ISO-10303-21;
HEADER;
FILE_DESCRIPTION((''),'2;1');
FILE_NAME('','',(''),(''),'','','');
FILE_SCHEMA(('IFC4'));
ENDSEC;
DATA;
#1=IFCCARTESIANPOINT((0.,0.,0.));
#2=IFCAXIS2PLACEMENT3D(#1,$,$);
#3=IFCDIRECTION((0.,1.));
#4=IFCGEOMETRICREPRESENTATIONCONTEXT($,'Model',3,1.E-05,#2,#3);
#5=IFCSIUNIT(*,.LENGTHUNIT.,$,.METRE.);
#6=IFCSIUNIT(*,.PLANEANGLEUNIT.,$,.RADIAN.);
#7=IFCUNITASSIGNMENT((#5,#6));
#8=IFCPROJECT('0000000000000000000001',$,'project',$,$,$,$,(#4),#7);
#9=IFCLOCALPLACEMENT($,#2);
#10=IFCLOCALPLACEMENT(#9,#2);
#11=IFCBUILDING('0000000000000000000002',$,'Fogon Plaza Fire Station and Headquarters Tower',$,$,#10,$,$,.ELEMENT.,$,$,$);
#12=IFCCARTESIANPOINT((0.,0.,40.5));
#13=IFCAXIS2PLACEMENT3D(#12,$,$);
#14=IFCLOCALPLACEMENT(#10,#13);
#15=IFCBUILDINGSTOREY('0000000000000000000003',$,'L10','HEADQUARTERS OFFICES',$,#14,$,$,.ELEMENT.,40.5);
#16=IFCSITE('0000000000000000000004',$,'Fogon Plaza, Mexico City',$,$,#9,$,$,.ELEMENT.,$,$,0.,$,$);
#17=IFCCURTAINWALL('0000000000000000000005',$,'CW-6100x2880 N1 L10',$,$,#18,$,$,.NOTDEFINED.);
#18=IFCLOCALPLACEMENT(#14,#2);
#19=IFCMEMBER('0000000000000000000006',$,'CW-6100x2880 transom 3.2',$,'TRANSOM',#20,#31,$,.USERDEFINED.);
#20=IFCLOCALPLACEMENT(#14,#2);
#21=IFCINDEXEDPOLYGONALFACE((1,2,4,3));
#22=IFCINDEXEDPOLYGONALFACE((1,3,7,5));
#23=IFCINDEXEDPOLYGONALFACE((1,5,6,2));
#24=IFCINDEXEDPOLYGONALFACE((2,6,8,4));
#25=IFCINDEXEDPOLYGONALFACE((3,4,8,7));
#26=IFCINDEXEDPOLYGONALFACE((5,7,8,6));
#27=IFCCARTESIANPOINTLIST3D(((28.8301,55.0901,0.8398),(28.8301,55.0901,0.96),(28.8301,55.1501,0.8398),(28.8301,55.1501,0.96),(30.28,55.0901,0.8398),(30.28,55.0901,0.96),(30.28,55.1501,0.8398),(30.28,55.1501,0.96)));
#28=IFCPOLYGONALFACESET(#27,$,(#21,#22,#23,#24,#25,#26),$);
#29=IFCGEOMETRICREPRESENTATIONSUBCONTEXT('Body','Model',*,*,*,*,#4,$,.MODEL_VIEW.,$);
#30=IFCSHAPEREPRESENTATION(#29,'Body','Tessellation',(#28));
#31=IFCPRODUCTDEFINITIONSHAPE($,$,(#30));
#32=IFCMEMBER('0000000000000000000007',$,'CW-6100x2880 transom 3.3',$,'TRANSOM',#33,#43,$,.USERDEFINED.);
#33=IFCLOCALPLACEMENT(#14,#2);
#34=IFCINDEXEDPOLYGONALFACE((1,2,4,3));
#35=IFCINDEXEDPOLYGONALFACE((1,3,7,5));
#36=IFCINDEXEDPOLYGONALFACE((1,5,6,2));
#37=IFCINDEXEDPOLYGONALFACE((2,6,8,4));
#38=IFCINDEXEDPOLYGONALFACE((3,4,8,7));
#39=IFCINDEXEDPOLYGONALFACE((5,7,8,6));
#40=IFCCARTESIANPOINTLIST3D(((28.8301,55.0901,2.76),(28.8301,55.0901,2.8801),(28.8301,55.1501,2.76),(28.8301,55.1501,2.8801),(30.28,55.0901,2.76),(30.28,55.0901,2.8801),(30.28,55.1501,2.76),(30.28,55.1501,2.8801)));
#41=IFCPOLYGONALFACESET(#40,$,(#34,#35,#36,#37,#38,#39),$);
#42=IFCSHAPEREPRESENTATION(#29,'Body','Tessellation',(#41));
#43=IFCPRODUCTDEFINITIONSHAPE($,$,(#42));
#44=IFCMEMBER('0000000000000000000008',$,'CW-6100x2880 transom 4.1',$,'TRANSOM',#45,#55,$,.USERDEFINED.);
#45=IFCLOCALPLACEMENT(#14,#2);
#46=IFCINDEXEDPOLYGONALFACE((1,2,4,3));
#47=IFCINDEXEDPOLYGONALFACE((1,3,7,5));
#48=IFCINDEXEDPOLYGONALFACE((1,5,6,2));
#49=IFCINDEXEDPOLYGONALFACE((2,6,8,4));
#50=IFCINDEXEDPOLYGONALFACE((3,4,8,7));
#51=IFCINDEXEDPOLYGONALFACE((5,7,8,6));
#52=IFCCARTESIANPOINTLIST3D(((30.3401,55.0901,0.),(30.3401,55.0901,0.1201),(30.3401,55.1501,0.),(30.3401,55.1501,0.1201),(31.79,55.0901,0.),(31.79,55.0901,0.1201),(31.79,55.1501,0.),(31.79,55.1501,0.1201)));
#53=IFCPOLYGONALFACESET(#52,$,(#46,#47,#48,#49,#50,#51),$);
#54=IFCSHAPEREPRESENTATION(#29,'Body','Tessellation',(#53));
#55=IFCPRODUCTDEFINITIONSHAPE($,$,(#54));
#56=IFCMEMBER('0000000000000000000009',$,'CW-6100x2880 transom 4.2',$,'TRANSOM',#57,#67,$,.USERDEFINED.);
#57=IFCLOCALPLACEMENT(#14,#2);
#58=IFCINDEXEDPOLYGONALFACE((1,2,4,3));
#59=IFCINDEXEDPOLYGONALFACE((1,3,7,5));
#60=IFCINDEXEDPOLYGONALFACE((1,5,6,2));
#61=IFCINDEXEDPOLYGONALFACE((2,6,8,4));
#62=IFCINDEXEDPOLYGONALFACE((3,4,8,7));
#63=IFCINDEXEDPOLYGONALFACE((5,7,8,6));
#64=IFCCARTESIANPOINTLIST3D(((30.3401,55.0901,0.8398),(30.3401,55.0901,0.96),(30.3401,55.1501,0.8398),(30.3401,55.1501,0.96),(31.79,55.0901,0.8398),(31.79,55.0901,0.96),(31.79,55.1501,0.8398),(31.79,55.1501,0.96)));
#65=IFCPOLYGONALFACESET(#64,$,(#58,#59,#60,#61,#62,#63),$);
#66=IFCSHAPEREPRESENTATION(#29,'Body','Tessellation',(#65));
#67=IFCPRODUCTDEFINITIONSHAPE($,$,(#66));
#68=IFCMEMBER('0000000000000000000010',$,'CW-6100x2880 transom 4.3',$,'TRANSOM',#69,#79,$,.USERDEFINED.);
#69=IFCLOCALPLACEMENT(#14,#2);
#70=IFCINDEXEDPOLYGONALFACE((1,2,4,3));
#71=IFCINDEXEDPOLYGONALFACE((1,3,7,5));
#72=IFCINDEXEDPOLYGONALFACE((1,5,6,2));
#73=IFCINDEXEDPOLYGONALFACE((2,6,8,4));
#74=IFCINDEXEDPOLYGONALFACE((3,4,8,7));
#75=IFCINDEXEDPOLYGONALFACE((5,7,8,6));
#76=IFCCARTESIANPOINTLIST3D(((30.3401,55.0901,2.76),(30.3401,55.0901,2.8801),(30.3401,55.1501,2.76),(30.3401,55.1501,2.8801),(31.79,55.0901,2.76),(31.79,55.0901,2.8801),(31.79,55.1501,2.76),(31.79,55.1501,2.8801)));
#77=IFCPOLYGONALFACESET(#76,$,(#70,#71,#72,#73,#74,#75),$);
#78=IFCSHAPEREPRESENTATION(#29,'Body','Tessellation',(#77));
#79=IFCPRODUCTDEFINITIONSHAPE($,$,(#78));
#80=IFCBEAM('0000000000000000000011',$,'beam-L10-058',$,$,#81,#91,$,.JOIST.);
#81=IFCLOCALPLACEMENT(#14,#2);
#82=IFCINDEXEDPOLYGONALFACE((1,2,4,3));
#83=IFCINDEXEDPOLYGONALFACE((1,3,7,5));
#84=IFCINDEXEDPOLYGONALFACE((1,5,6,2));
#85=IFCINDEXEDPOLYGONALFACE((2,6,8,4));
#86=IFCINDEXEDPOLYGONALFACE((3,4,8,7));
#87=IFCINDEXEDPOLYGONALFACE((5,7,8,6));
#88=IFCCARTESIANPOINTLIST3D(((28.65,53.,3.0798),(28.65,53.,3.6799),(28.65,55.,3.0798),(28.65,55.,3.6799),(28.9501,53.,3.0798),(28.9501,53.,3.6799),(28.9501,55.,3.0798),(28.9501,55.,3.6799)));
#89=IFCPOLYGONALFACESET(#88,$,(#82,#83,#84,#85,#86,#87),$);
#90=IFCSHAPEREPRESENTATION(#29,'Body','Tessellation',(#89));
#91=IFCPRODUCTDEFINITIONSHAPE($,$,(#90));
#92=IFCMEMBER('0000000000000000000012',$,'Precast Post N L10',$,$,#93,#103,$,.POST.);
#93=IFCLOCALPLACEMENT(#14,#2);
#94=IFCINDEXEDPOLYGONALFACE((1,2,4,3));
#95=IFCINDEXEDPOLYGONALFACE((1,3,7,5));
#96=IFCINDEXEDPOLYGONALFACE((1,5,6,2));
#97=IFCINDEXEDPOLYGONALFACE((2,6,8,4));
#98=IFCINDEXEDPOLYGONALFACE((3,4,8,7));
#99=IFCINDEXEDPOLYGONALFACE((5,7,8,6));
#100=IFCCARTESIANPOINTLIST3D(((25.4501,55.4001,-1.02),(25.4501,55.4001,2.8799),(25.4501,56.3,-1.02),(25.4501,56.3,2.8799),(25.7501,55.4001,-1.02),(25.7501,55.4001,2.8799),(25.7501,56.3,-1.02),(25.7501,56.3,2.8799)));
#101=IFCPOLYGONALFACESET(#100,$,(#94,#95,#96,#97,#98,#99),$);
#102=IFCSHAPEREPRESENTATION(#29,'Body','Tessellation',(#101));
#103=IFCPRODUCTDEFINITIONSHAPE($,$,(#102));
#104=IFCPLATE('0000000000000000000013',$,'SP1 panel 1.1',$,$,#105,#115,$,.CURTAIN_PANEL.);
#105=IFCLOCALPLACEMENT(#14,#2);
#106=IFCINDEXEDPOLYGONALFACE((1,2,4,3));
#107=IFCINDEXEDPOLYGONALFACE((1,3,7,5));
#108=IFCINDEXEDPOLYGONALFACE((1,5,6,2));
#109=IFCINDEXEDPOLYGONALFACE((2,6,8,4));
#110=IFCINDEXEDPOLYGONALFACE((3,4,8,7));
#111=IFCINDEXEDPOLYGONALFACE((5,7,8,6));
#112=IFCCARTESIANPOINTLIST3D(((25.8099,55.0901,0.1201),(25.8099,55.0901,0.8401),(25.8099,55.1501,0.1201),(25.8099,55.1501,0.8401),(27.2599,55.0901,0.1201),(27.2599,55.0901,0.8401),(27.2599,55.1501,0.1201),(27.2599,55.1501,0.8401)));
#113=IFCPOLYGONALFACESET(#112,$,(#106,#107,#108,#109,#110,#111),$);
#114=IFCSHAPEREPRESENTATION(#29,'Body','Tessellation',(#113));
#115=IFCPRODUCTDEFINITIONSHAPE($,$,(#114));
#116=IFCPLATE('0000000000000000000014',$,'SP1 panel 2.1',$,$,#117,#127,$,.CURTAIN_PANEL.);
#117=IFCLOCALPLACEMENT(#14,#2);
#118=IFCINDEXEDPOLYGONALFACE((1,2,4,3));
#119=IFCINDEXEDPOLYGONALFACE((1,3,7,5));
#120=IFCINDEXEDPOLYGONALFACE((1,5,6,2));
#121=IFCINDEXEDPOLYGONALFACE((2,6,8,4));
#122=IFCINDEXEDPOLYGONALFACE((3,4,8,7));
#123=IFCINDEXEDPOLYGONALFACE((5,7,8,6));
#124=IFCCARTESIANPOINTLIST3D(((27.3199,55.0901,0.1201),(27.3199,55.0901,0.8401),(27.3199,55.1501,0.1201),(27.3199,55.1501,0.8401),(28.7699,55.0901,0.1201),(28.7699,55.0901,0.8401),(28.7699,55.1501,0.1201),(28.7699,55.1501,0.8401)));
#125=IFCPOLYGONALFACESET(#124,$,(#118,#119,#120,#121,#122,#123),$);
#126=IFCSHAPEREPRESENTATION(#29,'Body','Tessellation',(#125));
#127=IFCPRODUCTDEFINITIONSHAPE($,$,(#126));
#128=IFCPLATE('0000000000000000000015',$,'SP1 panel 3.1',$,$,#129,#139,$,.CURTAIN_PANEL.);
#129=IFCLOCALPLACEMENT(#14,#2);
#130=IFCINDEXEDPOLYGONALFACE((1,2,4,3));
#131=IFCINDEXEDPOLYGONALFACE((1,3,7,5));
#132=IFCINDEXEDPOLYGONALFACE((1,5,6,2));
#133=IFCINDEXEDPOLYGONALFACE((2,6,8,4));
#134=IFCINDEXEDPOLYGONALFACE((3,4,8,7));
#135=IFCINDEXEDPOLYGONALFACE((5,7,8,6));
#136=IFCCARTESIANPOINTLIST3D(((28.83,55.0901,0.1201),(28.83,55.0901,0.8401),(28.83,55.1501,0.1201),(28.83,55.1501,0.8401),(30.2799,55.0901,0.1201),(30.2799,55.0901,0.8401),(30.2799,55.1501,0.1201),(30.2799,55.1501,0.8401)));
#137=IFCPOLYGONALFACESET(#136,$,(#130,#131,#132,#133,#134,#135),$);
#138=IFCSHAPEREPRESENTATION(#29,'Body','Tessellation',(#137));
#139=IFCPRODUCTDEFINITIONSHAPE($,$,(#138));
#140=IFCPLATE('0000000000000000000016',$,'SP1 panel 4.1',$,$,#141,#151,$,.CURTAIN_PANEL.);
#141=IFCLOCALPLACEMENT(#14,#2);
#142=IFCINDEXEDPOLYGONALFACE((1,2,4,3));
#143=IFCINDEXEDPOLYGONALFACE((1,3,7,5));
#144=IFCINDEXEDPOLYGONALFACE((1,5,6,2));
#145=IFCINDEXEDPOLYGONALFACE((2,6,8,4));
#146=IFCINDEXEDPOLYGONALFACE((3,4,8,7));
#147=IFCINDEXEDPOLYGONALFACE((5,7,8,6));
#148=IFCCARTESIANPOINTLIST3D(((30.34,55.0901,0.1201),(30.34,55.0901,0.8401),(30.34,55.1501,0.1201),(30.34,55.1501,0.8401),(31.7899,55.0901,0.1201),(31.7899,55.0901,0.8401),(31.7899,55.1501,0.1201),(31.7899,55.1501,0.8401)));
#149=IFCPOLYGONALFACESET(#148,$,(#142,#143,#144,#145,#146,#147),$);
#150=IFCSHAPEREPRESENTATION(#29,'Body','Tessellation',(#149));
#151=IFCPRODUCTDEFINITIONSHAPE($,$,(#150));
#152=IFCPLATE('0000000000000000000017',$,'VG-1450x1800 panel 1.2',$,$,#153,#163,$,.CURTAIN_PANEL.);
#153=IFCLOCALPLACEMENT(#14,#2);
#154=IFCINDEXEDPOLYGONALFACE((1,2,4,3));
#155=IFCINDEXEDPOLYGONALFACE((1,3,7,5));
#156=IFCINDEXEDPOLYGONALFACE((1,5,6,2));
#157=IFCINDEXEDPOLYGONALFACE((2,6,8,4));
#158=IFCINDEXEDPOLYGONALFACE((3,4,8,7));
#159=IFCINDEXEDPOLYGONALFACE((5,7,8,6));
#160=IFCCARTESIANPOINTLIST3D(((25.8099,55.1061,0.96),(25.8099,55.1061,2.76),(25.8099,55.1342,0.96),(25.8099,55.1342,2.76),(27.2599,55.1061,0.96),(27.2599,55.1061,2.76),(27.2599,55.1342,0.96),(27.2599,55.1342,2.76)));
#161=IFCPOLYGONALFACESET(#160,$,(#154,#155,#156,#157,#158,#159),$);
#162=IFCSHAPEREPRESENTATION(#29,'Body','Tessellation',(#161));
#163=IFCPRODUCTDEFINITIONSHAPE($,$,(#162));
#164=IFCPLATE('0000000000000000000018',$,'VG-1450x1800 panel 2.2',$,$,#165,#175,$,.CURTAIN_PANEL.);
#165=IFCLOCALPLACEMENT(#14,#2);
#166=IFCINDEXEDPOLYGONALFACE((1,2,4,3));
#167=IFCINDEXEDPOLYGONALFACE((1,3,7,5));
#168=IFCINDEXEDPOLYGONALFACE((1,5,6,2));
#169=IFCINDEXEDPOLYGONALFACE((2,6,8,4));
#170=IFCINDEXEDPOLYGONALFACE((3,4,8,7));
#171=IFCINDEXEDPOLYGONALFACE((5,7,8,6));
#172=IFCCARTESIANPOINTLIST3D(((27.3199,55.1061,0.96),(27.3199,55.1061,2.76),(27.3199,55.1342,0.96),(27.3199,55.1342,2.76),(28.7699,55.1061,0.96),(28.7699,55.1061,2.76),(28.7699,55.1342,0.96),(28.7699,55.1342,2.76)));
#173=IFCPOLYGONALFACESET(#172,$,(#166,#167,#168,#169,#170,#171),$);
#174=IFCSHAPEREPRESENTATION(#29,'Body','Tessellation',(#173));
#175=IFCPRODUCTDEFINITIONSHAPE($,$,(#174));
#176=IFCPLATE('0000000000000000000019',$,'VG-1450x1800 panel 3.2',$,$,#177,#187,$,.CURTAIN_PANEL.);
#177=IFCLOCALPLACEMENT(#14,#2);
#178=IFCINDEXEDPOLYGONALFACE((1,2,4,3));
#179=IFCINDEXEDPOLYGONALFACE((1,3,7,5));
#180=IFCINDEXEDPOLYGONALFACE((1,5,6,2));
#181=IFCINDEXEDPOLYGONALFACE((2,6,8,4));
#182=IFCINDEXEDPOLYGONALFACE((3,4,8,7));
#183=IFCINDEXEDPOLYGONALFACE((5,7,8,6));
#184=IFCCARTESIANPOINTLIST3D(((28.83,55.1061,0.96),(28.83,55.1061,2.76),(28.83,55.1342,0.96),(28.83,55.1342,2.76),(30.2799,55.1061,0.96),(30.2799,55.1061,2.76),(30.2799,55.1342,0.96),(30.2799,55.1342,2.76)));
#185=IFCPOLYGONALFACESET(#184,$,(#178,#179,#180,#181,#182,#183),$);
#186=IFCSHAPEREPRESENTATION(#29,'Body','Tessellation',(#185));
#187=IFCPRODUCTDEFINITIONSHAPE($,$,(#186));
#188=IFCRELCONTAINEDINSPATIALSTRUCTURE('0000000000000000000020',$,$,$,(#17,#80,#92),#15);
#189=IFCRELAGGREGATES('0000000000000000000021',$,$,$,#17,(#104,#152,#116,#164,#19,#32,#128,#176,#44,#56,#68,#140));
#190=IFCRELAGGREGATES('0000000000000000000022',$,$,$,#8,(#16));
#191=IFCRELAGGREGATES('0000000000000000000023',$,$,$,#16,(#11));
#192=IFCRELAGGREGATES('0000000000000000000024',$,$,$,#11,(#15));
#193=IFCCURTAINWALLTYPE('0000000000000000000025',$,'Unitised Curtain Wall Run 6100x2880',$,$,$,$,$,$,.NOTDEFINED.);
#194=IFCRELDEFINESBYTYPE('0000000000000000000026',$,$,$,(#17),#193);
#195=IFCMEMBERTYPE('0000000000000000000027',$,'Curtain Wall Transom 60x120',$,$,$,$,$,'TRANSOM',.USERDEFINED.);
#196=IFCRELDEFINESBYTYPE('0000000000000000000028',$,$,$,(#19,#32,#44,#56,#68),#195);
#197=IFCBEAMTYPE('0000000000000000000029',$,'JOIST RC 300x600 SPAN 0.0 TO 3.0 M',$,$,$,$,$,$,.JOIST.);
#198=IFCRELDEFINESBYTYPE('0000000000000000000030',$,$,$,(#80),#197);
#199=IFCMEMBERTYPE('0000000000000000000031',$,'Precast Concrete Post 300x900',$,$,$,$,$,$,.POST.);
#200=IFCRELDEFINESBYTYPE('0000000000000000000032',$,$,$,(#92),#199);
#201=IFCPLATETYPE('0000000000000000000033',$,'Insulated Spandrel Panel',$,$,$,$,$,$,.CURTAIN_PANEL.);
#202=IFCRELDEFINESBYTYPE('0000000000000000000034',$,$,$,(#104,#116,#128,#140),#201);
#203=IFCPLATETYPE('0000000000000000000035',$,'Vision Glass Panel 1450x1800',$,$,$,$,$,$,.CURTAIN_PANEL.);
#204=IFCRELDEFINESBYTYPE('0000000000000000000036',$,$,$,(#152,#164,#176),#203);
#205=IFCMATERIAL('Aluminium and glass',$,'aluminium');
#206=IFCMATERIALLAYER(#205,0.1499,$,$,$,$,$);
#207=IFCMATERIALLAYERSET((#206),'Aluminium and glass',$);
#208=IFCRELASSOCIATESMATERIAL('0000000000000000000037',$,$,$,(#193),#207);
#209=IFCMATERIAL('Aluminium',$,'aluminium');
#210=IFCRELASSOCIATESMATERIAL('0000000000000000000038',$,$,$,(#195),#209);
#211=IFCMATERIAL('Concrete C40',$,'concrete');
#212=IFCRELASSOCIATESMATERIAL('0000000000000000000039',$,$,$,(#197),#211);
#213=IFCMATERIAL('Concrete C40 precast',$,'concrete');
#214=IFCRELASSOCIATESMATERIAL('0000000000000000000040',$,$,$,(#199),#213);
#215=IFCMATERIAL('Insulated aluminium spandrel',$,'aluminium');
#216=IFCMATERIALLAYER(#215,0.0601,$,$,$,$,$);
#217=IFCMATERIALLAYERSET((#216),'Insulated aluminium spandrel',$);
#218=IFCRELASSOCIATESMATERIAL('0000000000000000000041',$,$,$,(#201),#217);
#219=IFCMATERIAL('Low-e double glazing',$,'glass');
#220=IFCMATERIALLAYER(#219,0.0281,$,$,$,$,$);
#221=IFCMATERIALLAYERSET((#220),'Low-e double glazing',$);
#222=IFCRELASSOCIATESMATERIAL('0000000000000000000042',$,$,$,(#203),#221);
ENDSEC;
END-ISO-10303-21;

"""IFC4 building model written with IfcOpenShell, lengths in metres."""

from ifc_helpers import new_model, si_unit, direction, frame, origin, origin_2d, place, context, subcontext, project, spatial, rectangle, extrude, material, layer, layer_set, material_profile, profile_set, type_object, element, aggregate, save


model = new_model("IFC4")

# Units and contexts
model_context = context("Model", 3, precision=1e-05, world=origin(), true_north=direction((0.0, 1.0)))
body_context = subcontext(model_context, "Body", "Model", "MODEL_VIEW")
ifc_project = project(units=[si_unit("LENGTHUNIT", "METRE"), si_unit("PLANEANGLEUNIT", "RADIAN")], contexts=[model_context])

# Site, building, storey
site_placement = place(None, origin())
site = spatial("IfcSite", under=ifc_project, at=site_placement, Name="Fogon Plaza, Mexico City", CompositionType="ELEMENT", RefElevation=0.0)
building_placement = place(site_placement, origin())
building = spatial("IfcBuilding", under=site, at=building_placement, Name="Fogon Plaza Fire Station and Headquarters Tower", CompositionType="ELEMENT")
storey_placement = place(building_placement, frame((0.0, 0.0, 40.5)))
storey = spatial("IfcBuildingStorey", under=building, at=storey_placement, Name="L10", Description="HEADQUARTERS OFFICES", CompositionType="ELEMENT", Elevation=40.5)

# Curtain wall, members
ifc_material_1 = material(Name="Aluminium and glass", Category="aluminium")
ifc_layer_1 = layer(ifc_material_1, 0.1499)
ifc_layer_set_1 = layer_set([ifc_layer_1], Name="Aluminium and glass")
curtain_wall_type = type_object("IfcCurtainWallType", Name="Unitised Curtain Wall Run 6100x2880", PredefinedType="NOTDEFINED", material=ifc_layer_set_1)
curtain_wall_placement = place(storey_placement, origin())
curtain_wall = element("IfcCurtainWall", 1, at=curtain_wall_placement, inside=storey, type_object=curtain_wall_type, Name="CW-6100x2880 N1 L10", PredefinedType="NOTDEFINED")
ifc_material_2 = material(Name="Aluminium", Category="aluminium")
ifc_material_profile_1 = material_profile(ifc_material_2, rectangle(XDim=0.0601, YDim=0.1201, at=origin_2d()), Name="Curtain Wall Transom 60x120")
ifc_profile_set_1 = profile_set([ifc_material_profile_1], Name="Aluminium")
member_type_1 = type_object("IfcMemberType", Name="Curtain Wall Transom 60x120", ElementType="TRANSOM", PredefinedType="USERDEFINED", material=ifc_profile_set_1)
member_1_placement = place(storey_placement, frame((28.8301, 55.1201, 0.8999), z_axis=(1.0, 0.0, 0.0), x_axis=(0.0, 1.0, 0.0)))
member_1 = element("IfcMember", 2, at=member_1_placement, type_object=member_type_1, Name="CW-6100x2880 transom 3.2", ObjectType="TRANSOM", PredefinedType="USERDEFINED", context=body_context, shape_type="SweptSolid", body=[
    extrude(rectangle(XDim=0.0601, YDim=0.1201, at=origin_2d()), origin(), (0.0, 0.0, 1.0), 1.45),
])
member_2_placement = place(storey_placement, frame((28.8301, 55.1201, 2.8201), z_axis=(1.0, 0.0, 0.0), x_axis=(0.0, 1.0, 0.0)))
member_2 = element("IfcMember", 3, at=member_2_placement, type_object=member_type_1, Name="CW-6100x2880 transom 3.3", ObjectType="TRANSOM", PredefinedType="USERDEFINED", context=body_context, shape_type="SweptSolid", body=[
    extrude(rectangle(XDim=0.0601, YDim=0.1201, at=origin_2d()), origin(), (0.0, 0.0, 1.0), 1.45),
])
member_3_placement = place(storey_placement, frame((30.3401, 55.1201, 0.0601), z_axis=(1.0, 0.0, 0.0), x_axis=(0.0, 1.0, 0.0)))
member_3 = element("IfcMember", 4, at=member_3_placement, type_object=member_type_1, Name="CW-6100x2880 transom 4.1", ObjectType="TRANSOM", PredefinedType="USERDEFINED", context=body_context, shape_type="SweptSolid", body=[
    extrude(rectangle(XDim=0.0601, YDim=0.1201, at=origin_2d()), origin(), (0.0, 0.0, 1.0), 1.45),
])
member_4_placement = place(storey_placement, frame((30.3401, 55.1201, 0.8999), z_axis=(1.0, 0.0, 0.0), x_axis=(0.0, 1.0, 0.0)))
member_4 = element("IfcMember", 5, at=member_4_placement, type_object=member_type_1, Name="CW-6100x2880 transom 4.2", ObjectType="TRANSOM", PredefinedType="USERDEFINED", context=body_context, shape_type="SweptSolid", body=[
    extrude(rectangle(XDim=0.0601, YDim=0.1201, at=origin_2d()), origin(), (0.0, 0.0, 1.0), 1.45),
])
member_5_placement = place(storey_placement, frame((30.3401, 55.1201, 2.8201), z_axis=(1.0, 0.0, 0.0), x_axis=(0.0, 1.0, 0.0)))
member_5 = element("IfcMember", 6, at=member_5_placement, type_object=member_type_1, Name="CW-6100x2880 transom 4.3", ObjectType="TRANSOM", PredefinedType="USERDEFINED", context=body_context, shape_type="SweptSolid", body=[
    extrude(rectangle(XDim=0.0601, YDim=0.1201, at=origin_2d()), origin(), (0.0, 0.0, 1.0), 1.45),
])

# Beam
ifc_material_3 = material(Name="Concrete C40", Category="concrete")
ifc_material_profile_2 = material_profile(ifc_material_3, rectangle(XDim=0.3, YDim=0.6001, at=origin_2d()), Name="RC 300x600")
ifc_profile_set_2 = profile_set([ifc_material_profile_2], Name="Concrete C40")
beam_type_1 = type_object("IfcBeamType", Name="JOIST RC 300x600 SPAN 0.0 TO 3.0 M", PredefinedType="JOIST", material=ifc_profile_set_2)
beam_1_placement = place(storey_placement, frame((28.8, 53.0, 3.3799), z_axis=(0.0, 1.0, 0.0), x_axis=(-1.0, 0.0, 0.0)))
element("IfcBeam", 7, at=beam_1_placement, inside=storey, type_object=beam_type_1, Name="beam-L10-058", PredefinedType="JOIST", context=body_context, shape_type="SweptSolid", body=[
    extrude(rectangle(XDim=0.3, YDim=0.6001, at=origin_2d()), origin(), (0.0, 0.0, 1.0), 2.0),
])

# Member
ifc_material_4 = material(Name="Concrete C40 precast", Category="concrete")
ifc_material_profile_3 = material_profile(ifc_material_4, rectangle(XDim=0.3, YDim=0.8999, at=origin_2d()), Name="Precast Concrete Post 300x900")
ifc_profile_set_3 = profile_set([ifc_material_profile_3], Name="Concrete C40 precast")
member_type_2 = type_object("IfcMemberType", Name="Precast Concrete Post 300x900", PredefinedType="POST", material=ifc_profile_set_3)
member_6_placement = place(storey_placement, frame((25.6001, 55.8501, -1.02), z_axis=(0.0, 0.0, 1.0), x_axis=(1.0, 0.0, 0.0)))
element("IfcMember", 8, at=member_6_placement, inside=storey, type_object=member_type_2, Name="Precast Post N L10", PredefinedType="POST", context=body_context, shape_type="SweptSolid", body=[
    extrude(rectangle(XDim=0.3, YDim=0.8999, at=origin_2d()), origin(), (0.0, 0.0, 1.0), 3.8999),
])

# Plates
ifc_material_5 = material(Name="Insulated aluminium spandrel", Category="aluminium")
ifc_layer_2 = layer(ifc_material_5, 0.0601)
ifc_layer_set_2 = layer_set([ifc_layer_2], Name="Insulated aluminium spandrel")
plate_type_1 = type_object("IfcPlateType", Name="Insulated Spandrel Panel", PredefinedType="CURTAIN_PANEL", material=ifc_layer_set_2)
plate_1_placement = place(storey_placement, frame((26.5349, 55.1201, 0.1201), z_axis=(0.0, 0.0, 1.0), x_axis=(1.0, 0.0, 0.0)))
plate_1 = element("IfcPlate", 9, at=plate_1_placement, type_object=plate_type_1, Name="SP1 panel 1.1", PredefinedType="CURTAIN_PANEL", context=body_context, shape_type="SweptSolid", body=[
    extrude(rectangle(XDim=1.45, YDim=0.0601, at=origin_2d()), origin(), (0.0, 0.0, 1.0), 0.72),
])
plate_2_placement = place(storey_placement, frame((28.0449, 55.1201, 0.1201), z_axis=(0.0, 0.0, 1.0), x_axis=(1.0, 0.0, 0.0)))
plate_2 = element("IfcPlate", 10, at=plate_2_placement, type_object=plate_type_1, Name="SP1 panel 2.1", PredefinedType="CURTAIN_PANEL", context=body_context, shape_type="SweptSolid", body=[
    extrude(rectangle(XDim=1.45, YDim=0.0601, at=origin_2d()), origin(), (0.0, 0.0, 1.0), 0.72),
])
plate_3_placement = place(storey_placement, frame((29.5549, 55.1201, 0.1201), z_axis=(0.0, 0.0, 1.0), x_axis=(1.0, 0.0, 0.0)))
plate_3 = element("IfcPlate", 11, at=plate_3_placement, type_object=plate_type_1, Name="SP1 panel 3.1", PredefinedType="CURTAIN_PANEL", context=body_context, shape_type="SweptSolid", body=[
    extrude(rectangle(XDim=1.45, YDim=0.0601, at=origin_2d()), origin(), (0.0, 0.0, 1.0), 0.72),
])
plate_4_placement = place(storey_placement, frame((31.0649, 55.1201, 0.1201), z_axis=(0.0, 0.0, 1.0), x_axis=(1.0, 0.0, 0.0)))
plate_4 = element("IfcPlate", 12, at=plate_4_placement, type_object=plate_type_1, Name="SP1 panel 4.1", PredefinedType="CURTAIN_PANEL", context=body_context, shape_type="SweptSolid", body=[
    extrude(rectangle(XDim=1.45, YDim=0.0601, at=origin_2d()), origin(), (0.0, 0.0, 1.0), 0.72),
])
ifc_material_6 = material(Name="Low-e double glazing", Category="glass")
ifc_layer_3 = layer(ifc_material_6, 0.0281)
ifc_layer_set_3 = layer_set([ifc_layer_3], Name="Low-e double glazing")
plate_type_2 = type_object("IfcPlateType", Name="Vision Glass Panel 1450x1800", PredefinedType="CURTAIN_PANEL", material=ifc_layer_set_3)
plate_5_placement = place(storey_placement, frame((26.5349, 55.1201, 0.96), z_axis=(0.0, 0.0, 1.0), x_axis=(1.0, 0.0, 0.0)))
plate_5 = element("IfcPlate", 13, at=plate_5_placement, type_object=plate_type_2, Name="VG-1450x1800 panel 1.2", PredefinedType="CURTAIN_PANEL", context=body_context, shape_type="SweptSolid", body=[
    extrude(rectangle(XDim=1.45, YDim=0.0281, at=origin_2d()), origin(), (0.0, 0.0, 1.0), 1.8),
])
plate_6_placement = place(storey_placement, frame((28.0449, 55.1201, 0.96), z_axis=(0.0, 0.0, 1.0), x_axis=(1.0, 0.0, 0.0)))
plate_6 = element("IfcPlate", 14, at=plate_6_placement, type_object=plate_type_2, Name="VG-1450x1800 panel 2.2", PredefinedType="CURTAIN_PANEL", context=body_context, shape_type="SweptSolid", body=[
    extrude(rectangle(XDim=1.45, YDim=0.0281, at=origin_2d()), origin(), (0.0, 0.0, 1.0), 1.8),
])
plate_7_placement = place(storey_placement, frame((29.5549, 55.1201, 0.96), z_axis=(0.0, 0.0, 1.0), x_axis=(1.0, 0.0, 0.0)))
plate_7 = element("IfcPlate", 15, at=plate_7_placement, type_object=plate_type_2, Name="VG-1450x1800 panel 3.2", PredefinedType="CURTAIN_PANEL", context=body_context, shape_type="SweptSolid", body=[
    extrude(rectangle(XDim=1.45, YDim=0.0281, at=origin_2d()), origin(), (0.0, 0.0, 1.0), 1.8),
])
aggregate(curtain_wall, [plate_1, plate_5, plate_2, plate_6, member_1, member_2, plate_3, plate_7, member_3, member_4, member_5, plate_4])

save(model, "model.ifc")
